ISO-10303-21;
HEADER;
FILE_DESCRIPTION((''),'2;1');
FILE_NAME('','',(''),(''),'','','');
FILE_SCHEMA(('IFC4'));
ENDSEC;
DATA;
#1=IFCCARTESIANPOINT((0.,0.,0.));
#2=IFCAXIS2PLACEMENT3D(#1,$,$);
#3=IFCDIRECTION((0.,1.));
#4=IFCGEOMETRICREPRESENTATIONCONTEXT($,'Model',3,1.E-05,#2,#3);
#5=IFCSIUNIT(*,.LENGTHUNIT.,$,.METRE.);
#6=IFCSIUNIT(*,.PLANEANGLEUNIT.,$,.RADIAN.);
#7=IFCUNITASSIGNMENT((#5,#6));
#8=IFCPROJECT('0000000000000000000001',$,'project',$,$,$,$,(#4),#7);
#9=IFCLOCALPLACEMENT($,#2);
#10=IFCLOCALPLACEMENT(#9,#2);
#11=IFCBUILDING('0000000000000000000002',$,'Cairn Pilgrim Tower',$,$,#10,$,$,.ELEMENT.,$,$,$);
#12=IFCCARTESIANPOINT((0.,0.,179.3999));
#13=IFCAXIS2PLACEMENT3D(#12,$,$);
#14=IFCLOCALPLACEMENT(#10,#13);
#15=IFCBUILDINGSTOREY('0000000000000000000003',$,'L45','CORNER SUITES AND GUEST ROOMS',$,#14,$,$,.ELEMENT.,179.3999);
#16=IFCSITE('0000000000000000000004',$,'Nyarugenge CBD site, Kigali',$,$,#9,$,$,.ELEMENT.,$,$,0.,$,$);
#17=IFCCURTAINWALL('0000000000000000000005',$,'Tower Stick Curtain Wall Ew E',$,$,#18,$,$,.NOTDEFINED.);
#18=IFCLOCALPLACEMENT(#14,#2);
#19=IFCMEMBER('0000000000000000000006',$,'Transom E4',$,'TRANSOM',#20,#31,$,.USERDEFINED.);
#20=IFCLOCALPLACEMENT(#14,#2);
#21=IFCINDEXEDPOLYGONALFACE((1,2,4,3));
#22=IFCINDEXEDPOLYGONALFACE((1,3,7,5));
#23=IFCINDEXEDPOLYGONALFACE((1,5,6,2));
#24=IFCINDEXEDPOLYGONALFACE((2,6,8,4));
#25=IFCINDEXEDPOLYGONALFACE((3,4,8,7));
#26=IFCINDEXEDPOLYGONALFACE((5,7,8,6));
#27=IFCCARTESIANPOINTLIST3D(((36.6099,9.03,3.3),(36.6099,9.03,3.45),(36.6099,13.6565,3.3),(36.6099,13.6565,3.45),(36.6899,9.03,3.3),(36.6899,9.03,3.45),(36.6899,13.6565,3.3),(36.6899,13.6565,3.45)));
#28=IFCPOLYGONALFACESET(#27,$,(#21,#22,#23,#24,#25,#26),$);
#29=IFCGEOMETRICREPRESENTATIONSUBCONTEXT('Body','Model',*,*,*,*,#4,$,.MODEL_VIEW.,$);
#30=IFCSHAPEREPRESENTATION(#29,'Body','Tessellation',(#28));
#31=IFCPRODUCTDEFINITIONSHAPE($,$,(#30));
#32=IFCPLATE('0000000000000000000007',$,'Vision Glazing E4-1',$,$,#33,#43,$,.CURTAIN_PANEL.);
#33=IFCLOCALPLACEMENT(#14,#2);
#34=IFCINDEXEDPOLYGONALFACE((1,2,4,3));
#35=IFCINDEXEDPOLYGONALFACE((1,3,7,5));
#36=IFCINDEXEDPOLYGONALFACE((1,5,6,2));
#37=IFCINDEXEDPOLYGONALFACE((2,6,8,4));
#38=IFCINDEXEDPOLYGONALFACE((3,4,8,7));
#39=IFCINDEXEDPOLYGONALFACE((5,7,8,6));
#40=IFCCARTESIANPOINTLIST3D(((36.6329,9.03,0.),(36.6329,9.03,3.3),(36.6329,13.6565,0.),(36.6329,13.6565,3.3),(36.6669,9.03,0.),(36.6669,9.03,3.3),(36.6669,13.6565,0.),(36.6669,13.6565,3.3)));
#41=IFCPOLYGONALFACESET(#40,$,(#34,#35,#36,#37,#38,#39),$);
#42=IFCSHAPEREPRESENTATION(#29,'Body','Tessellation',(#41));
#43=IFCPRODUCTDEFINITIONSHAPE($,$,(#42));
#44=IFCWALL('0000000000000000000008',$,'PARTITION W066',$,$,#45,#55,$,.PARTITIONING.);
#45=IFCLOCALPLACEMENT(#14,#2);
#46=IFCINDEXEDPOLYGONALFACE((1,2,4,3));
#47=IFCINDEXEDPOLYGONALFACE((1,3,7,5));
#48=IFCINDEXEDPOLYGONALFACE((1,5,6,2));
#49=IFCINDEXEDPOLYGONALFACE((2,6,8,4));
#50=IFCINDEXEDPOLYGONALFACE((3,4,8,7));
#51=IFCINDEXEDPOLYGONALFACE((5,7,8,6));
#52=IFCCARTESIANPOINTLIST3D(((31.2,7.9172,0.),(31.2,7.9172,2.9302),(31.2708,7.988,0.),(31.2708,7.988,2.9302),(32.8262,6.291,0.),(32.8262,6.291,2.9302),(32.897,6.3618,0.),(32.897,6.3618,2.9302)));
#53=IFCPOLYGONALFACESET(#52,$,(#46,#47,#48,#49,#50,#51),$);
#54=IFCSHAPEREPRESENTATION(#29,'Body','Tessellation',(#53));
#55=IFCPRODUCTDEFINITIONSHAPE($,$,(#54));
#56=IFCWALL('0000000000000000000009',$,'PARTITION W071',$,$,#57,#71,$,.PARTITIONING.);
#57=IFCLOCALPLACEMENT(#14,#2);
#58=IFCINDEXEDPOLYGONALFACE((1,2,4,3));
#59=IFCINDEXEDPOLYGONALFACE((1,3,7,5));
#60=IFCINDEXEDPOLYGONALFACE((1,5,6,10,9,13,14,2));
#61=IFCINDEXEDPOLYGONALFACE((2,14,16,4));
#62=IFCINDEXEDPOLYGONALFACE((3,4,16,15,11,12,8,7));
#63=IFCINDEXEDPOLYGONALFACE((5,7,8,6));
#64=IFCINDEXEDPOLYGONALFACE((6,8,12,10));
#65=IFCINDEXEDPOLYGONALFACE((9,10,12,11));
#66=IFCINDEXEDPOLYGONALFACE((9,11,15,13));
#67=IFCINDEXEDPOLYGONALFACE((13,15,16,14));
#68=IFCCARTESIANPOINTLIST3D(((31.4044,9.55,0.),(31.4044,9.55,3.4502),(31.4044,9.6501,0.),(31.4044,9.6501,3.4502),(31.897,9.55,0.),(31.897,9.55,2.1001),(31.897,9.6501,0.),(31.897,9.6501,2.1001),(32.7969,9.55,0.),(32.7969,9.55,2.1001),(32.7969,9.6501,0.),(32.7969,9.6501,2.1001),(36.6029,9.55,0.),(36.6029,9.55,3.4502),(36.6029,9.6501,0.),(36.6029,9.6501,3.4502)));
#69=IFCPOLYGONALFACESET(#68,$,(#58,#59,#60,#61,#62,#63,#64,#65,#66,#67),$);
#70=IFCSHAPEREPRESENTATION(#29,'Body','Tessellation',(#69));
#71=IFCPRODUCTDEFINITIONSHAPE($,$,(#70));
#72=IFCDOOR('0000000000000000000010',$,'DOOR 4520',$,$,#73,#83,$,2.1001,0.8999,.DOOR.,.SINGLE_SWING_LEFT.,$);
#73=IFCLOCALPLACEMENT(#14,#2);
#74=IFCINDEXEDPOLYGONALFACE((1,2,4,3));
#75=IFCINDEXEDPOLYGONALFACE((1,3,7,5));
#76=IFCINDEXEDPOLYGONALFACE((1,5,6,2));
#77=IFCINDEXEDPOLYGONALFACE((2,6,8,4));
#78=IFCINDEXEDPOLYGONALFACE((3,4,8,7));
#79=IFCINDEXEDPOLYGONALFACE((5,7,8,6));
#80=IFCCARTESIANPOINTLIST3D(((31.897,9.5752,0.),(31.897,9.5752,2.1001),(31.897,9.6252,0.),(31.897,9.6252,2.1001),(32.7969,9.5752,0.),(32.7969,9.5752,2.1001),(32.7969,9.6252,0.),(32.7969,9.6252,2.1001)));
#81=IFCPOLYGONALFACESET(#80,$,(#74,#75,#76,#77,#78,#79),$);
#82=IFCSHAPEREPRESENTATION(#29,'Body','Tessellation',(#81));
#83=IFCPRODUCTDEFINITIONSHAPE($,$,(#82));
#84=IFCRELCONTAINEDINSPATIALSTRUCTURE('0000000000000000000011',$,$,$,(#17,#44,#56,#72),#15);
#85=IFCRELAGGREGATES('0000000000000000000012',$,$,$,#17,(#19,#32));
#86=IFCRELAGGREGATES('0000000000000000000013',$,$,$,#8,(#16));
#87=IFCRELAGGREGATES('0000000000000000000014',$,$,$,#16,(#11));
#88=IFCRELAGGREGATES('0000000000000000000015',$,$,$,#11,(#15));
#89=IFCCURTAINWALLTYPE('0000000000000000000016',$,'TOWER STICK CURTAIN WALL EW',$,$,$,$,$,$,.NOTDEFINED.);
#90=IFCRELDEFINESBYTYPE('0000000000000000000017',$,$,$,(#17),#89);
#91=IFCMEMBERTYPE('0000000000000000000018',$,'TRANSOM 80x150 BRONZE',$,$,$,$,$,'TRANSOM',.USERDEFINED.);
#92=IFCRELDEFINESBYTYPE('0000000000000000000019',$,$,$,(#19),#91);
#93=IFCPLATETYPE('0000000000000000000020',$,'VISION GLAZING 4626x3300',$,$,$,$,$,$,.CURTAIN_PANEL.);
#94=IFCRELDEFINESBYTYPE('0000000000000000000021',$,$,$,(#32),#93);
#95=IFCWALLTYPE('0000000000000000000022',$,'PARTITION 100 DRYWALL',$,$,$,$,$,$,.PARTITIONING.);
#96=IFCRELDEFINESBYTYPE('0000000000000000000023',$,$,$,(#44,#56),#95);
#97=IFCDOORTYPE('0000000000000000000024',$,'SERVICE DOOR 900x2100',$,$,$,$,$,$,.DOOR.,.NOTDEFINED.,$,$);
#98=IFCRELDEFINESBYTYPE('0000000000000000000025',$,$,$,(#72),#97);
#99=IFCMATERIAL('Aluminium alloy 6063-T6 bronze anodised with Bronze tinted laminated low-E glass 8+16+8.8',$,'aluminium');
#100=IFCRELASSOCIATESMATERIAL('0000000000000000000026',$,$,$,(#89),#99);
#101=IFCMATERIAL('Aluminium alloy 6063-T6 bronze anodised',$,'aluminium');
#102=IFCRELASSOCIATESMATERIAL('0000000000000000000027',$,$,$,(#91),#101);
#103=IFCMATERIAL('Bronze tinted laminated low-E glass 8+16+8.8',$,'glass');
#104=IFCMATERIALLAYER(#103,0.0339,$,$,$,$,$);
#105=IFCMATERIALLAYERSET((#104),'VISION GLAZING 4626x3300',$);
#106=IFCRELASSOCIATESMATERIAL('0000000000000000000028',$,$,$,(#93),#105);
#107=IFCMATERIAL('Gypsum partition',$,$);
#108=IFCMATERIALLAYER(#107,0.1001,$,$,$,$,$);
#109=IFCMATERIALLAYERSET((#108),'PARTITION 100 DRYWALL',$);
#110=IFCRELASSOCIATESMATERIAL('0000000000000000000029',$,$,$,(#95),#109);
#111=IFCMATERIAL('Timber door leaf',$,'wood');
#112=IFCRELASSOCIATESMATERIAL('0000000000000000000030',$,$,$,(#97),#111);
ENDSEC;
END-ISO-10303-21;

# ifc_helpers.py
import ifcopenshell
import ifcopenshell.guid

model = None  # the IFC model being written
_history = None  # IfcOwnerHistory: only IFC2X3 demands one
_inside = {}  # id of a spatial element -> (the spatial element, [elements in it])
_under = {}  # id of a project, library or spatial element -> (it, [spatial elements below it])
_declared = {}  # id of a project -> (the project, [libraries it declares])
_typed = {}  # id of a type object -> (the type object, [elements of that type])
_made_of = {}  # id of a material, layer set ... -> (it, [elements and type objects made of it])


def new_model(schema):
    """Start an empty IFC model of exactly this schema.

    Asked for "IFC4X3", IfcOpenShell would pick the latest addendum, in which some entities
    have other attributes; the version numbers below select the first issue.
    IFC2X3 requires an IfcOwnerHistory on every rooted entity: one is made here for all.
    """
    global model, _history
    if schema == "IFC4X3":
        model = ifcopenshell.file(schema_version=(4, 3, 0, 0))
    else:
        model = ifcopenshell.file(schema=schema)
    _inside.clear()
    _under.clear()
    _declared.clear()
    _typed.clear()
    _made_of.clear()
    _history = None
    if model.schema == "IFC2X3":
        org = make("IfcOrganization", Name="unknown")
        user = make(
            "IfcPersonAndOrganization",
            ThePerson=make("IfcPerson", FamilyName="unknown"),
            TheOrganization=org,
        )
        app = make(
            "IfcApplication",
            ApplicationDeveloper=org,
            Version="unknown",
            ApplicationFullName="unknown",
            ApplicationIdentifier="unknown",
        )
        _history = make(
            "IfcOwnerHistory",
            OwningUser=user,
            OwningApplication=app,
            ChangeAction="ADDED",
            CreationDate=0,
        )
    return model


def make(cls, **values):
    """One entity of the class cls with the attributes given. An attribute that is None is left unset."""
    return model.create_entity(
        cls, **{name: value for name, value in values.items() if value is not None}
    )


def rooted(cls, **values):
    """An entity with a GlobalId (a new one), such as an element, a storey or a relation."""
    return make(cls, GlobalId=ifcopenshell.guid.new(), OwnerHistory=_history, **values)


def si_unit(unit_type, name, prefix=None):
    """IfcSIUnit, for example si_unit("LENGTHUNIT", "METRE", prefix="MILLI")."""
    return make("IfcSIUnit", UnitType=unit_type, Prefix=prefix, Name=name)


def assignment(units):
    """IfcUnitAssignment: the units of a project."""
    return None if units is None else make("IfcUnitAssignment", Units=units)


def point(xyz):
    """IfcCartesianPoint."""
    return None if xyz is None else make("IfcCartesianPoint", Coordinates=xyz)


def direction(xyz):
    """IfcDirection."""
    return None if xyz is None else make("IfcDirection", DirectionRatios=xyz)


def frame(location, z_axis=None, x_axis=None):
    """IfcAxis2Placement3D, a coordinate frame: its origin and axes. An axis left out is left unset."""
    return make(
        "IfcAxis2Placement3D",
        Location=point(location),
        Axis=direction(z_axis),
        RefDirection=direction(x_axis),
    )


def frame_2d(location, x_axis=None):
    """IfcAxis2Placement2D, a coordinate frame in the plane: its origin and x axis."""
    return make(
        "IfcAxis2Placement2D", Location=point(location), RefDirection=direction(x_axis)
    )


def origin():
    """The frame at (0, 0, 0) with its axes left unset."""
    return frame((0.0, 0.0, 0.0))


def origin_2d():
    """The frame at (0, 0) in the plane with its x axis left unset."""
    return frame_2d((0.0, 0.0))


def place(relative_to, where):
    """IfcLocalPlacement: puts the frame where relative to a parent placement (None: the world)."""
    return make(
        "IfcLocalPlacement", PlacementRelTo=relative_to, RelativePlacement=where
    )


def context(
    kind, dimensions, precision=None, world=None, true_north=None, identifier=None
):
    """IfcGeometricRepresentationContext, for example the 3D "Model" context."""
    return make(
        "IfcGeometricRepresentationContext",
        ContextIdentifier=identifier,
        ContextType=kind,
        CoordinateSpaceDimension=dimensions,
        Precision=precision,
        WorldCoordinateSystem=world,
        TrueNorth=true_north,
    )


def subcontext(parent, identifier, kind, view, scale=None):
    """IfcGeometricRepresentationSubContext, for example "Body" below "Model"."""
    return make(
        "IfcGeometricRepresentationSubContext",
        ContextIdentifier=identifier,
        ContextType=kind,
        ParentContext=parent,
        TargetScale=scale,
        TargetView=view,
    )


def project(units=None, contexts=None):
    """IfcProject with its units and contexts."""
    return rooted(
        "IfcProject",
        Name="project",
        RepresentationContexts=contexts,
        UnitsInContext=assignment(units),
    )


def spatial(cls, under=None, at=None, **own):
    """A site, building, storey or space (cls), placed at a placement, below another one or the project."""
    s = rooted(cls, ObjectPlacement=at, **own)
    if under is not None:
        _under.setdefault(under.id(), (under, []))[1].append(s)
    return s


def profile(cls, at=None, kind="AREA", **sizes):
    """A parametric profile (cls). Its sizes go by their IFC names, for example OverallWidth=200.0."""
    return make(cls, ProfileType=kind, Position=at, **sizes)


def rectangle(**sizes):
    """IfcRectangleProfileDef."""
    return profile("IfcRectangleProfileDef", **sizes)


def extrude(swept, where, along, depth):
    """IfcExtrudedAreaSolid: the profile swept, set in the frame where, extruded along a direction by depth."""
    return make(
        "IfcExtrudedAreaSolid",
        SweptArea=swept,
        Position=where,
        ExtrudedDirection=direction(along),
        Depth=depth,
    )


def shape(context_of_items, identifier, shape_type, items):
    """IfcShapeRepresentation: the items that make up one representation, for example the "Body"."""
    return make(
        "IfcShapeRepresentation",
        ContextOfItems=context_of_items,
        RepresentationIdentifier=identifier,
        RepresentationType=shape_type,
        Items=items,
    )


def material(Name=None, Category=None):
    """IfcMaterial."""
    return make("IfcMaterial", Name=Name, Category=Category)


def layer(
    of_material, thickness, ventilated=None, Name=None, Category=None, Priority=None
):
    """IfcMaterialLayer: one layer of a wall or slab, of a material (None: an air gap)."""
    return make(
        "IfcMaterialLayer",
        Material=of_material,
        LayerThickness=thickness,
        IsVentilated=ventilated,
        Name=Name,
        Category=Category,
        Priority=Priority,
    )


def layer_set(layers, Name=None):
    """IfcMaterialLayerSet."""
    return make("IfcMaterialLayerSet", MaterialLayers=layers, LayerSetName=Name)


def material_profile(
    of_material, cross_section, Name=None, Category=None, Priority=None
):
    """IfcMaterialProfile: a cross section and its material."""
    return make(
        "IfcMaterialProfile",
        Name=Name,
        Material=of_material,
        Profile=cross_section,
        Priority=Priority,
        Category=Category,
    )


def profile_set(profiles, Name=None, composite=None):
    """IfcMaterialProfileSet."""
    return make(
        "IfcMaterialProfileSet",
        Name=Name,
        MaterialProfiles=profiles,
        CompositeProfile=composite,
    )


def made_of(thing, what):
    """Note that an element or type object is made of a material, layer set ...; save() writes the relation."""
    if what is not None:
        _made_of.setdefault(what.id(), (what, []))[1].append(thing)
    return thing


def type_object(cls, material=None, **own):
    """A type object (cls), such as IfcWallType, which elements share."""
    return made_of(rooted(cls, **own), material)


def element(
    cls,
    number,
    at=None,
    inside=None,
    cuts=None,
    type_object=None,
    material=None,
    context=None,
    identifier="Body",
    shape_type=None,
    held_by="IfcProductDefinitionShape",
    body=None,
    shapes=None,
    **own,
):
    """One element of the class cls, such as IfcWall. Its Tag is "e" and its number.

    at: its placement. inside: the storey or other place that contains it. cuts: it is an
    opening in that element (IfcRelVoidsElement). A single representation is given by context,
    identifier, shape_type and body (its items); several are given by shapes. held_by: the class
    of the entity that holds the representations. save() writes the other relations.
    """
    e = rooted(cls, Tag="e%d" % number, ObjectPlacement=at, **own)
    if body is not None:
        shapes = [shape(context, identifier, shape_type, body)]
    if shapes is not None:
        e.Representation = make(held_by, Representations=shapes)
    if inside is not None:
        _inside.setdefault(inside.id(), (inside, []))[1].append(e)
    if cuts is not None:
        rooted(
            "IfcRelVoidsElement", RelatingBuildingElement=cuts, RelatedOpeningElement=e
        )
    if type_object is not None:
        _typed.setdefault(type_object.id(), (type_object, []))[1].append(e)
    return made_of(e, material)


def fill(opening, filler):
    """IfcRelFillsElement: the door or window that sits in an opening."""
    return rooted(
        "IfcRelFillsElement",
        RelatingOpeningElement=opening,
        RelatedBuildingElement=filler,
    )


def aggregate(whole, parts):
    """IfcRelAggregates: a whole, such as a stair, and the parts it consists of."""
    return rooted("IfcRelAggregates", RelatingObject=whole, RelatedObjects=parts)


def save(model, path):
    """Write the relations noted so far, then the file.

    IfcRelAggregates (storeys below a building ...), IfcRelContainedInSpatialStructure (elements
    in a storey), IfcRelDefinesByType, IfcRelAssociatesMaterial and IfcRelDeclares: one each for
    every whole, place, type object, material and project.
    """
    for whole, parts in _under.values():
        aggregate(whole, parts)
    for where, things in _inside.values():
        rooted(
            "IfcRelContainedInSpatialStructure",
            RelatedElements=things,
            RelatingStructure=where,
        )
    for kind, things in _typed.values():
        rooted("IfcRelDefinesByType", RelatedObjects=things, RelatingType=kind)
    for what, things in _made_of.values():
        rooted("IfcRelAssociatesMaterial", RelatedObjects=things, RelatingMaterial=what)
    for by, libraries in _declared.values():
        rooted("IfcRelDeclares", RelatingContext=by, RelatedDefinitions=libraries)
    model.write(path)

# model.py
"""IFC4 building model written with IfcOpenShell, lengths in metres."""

from ifc_helpers import new_model, si_unit, direction, frame, frame_2d, origin, origin_2d, place, context, subcontext, project, spatial, rectangle, extrude, material, layer, layer_set, material_profile, profile_set, type_object, element, fill, aggregate, save


model = new_model("IFC4")

# Units and contexts
model_context = context("Model", 3, precision=1e-05, world=origin(), true_north=direction((0.0, 1.0)))
body_context = subcontext(model_context, "Body", "Model", "MODEL_VIEW")
ifc_project = project(units=[si_unit("LENGTHUNIT", "METRE"), si_unit("PLANEANGLEUNIT", "RADIAN")], contexts=[model_context])

# Site, building, storey
site_placement = place(None, origin())
site = spatial("IfcSite", under=ifc_project, at=site_placement, Name="Nyarugenge CBD site, Kigali", CompositionType="ELEMENT", RefElevation=0.0)
building_placement = place(site_placement, origin())
building = spatial("IfcBuilding", under=site, at=building_placement, Name="Cairn Pilgrim Tower", CompositionType="ELEMENT")
storey_placement = place(building_placement, frame((0.0, 0.0, 179.3999)))
storey = spatial("IfcBuildingStorey", under=building, at=storey_placement, Name="L45", Description="CORNER SUITES AND GUEST ROOMS", CompositionType="ELEMENT", Elevation=179.3999)

# Curtain wall
ifc_material_1 = material(Name="Aluminium alloy 6063-T6 bronze anodised with Bronze tinted laminated low-E glass 8+16+8.8", Category="aluminium")
curtain_wall_type_1 = type_object("IfcCurtainWallType", Name="TOWER STICK CURTAIN WALL EW", PredefinedType="NOTDEFINED", material=ifc_material_1)
curtain_wall_1_placement = place(storey_placement, origin())
curtain_wall_1 = element("IfcCurtainWall", 1, at=curtain_wall_1_placement, inside=storey, type_object=curtain_wall_type_1, Name="Tower Stick Curtain Wall Ew E", PredefinedType="NOTDEFINED")
ifc_material_2 = material(Name="Aluminium alloy 6063-T6 bronze anodised", Category="aluminium")

# Member
ifc_material_profile_1 = material_profile(ifc_material_2, rectangle(XDim=0.0801, YDim=0.1499, at=origin_2d()), Name="TRANSOM 80x150 BRONZE")
ifc_profile_set_1 = profile_set([ifc_material_profile_1], Name="Aluminium alloy 6063-T6 bronze anodised")
member_type_1 = type_object("IfcMemberType", Name="TRANSOM 80x150 BRONZE", ElementType="TRANSOM", PredefinedType="USERDEFINED", material=ifc_profile_set_1)
member_1_placement = place(storey_placement, frame((36.6499, 9.03, 3.375), z_axis=(0.0, 1.0, 0.0), x_axis=(-1.0, 0.0, 0.0)))
member_1 = element("IfcMember", 2, at=member_1_placement, type_object=member_type_1, Name="Transom E4", ObjectType="TRANSOM", PredefinedType="USERDEFINED", context=body_context, shape_type="SweptSolid", body=[
    extrude(rectangle(XDim=0.0801, YDim=0.1499, at=origin_2d()), origin(), (0.0, 0.0, 1.0), 4.6265),
])

# Plate
ifc_material_3 = material(Name="Bronze tinted laminated low-E glass 8+16+8.8", Category="glass")
ifc_layer_1 = layer(ifc_material_3, 0.0339)
ifc_layer_set_1 = layer_set([ifc_layer_1], Name="VISION GLAZING 4626x3300")
plate_type = type_object("IfcPlateType", Name="VISION GLAZING 4626x3300", PredefinedType="CURTAIN_PANEL", material=ifc_layer_set_1)
plate_placement = place(storey_placement, frame((36.6499, 11.3433, 0.0), z_axis=(0.0, 0.0, 1.0), x_axis=(0.0, 1.0, 0.0)))
plate = element("IfcPlate", 3, at=plate_placement, type_object=plate_type, Name="Vision Glazing E4-1", PredefinedType="CURTAIN_PANEL", context=body_context, shape_type="SweptSolid", body=[
    extrude(rectangle(XDim=4.6265, YDim=0.0339, at=origin_2d()), origin(), (0.0, 0.0, 1.0), 3.3),
])
aggregate(curtain_wall_1, [member_1, plate])

# Wall
ifc_material_4 = material(Name="Gypsum partition")
ifc_layer_2 = layer(ifc_material_4, 0.1001)
ifc_layer_set_2 = layer_set([ifc_layer_2], Name="PARTITION 100 DRYWALL")
wall_type_1 = type_object("IfcWallType", Name="PARTITION 100 DRYWALL", PredefinedType="PARTITIONING", material=ifc_layer_set_2)
wall_1_placement = place(storey_placement, frame((32.8616, 6.3264, 0.0), z_axis=(0.0, 0.0, 1.0), x_axis=(-0.707107, 0.707107, 0.0)))
element("IfcWall", 4, at=wall_1_placement, inside=storey, type_object=wall_type_1, Name="PARTITION W066", PredefinedType="PARTITIONING", context=body_context, shape_type="SweptSolid", body=[
    extrude(rectangle(XDim=2.2998, YDim=0.1001, at=frame_2d((1.1499, 0.0))), origin(), (0.0, 0.0, 1.0), 2.9302),
])

# Wall, opening, door
wall_2_placement = place(storey_placement, frame((31.4045, 9.6001, 0.0), z_axis=(0.0, 0.0, 1.0), x_axis=(1.0, 0.0, 0.0)))
wall_2 = element("IfcWall", 5, at=wall_2_placement, inside=storey, type_object=wall_type_1, Name="PARTITION W071", PredefinedType="PARTITIONING", context=body_context, shape_type="SweptSolid", body=[
    extrude(rectangle(XDim=5.1985, YDim=0.1001, at=frame_2d((2.5991, 0.0))), origin(), (0.0, 0.0, 1.0), 3.4502),
])
opening_1_placement = place(wall_2_placement, frame((0.4924, 0.0, 0.0)))
opening_1 = element("IfcOpeningElement", 6, at=opening_1_placement, cuts=wall_2, PredefinedType="OPENING", context=body_context, shape_type="SweptSolid", body=[
    extrude(rectangle(XDim=0.8999, YDim=2.1001, at=frame_2d((0.45, 1.05))), frame((0.0, 0.0601, 0.0), z_axis=(0.0, -1.0, 0.0), x_axis=(1.0, 0.0, 0.0)), (0.0, 0.0, 1.0), 0.1201),
])
ifc_material_5 = material(Name="Timber door leaf", Category="wood")
door_type_1 = type_object("IfcDoorType", Name="SERVICE DOOR 900x2100", OperationType="NOTDEFINED", PredefinedType="DOOR", material=ifc_material_5)
door_1_placement = place(opening_1_placement, frame((0.8999, 0.0, 0.0), z_axis=(0.0, 0.0, 1.0), x_axis=(-1.0, 0.0, 0.0)))
door_1 = element("IfcDoor", 7, at=door_1_placement, inside=storey, type_object=door_type_1, Name="DOOR 4520", OperationType="SINGLE_SWING_LEFT", OverallHeight=2.1001, OverallWidth=0.8999, PredefinedType="DOOR", context=body_context, shape_type="SweptSolid", body=[
    extrude(rectangle(XDim=0.8999, YDim=2.1001, at=frame_2d((0.45, 1.05))), frame((0.0, 0.0249, 0.0), z_axis=(0.0, -1.0, 0.0), x_axis=(1.0, 0.0, 0.0)), (0.0, 0.0, 1.0), 0.05),
])
fill(opening_1, door_1)

save(model, "model.ifc")
